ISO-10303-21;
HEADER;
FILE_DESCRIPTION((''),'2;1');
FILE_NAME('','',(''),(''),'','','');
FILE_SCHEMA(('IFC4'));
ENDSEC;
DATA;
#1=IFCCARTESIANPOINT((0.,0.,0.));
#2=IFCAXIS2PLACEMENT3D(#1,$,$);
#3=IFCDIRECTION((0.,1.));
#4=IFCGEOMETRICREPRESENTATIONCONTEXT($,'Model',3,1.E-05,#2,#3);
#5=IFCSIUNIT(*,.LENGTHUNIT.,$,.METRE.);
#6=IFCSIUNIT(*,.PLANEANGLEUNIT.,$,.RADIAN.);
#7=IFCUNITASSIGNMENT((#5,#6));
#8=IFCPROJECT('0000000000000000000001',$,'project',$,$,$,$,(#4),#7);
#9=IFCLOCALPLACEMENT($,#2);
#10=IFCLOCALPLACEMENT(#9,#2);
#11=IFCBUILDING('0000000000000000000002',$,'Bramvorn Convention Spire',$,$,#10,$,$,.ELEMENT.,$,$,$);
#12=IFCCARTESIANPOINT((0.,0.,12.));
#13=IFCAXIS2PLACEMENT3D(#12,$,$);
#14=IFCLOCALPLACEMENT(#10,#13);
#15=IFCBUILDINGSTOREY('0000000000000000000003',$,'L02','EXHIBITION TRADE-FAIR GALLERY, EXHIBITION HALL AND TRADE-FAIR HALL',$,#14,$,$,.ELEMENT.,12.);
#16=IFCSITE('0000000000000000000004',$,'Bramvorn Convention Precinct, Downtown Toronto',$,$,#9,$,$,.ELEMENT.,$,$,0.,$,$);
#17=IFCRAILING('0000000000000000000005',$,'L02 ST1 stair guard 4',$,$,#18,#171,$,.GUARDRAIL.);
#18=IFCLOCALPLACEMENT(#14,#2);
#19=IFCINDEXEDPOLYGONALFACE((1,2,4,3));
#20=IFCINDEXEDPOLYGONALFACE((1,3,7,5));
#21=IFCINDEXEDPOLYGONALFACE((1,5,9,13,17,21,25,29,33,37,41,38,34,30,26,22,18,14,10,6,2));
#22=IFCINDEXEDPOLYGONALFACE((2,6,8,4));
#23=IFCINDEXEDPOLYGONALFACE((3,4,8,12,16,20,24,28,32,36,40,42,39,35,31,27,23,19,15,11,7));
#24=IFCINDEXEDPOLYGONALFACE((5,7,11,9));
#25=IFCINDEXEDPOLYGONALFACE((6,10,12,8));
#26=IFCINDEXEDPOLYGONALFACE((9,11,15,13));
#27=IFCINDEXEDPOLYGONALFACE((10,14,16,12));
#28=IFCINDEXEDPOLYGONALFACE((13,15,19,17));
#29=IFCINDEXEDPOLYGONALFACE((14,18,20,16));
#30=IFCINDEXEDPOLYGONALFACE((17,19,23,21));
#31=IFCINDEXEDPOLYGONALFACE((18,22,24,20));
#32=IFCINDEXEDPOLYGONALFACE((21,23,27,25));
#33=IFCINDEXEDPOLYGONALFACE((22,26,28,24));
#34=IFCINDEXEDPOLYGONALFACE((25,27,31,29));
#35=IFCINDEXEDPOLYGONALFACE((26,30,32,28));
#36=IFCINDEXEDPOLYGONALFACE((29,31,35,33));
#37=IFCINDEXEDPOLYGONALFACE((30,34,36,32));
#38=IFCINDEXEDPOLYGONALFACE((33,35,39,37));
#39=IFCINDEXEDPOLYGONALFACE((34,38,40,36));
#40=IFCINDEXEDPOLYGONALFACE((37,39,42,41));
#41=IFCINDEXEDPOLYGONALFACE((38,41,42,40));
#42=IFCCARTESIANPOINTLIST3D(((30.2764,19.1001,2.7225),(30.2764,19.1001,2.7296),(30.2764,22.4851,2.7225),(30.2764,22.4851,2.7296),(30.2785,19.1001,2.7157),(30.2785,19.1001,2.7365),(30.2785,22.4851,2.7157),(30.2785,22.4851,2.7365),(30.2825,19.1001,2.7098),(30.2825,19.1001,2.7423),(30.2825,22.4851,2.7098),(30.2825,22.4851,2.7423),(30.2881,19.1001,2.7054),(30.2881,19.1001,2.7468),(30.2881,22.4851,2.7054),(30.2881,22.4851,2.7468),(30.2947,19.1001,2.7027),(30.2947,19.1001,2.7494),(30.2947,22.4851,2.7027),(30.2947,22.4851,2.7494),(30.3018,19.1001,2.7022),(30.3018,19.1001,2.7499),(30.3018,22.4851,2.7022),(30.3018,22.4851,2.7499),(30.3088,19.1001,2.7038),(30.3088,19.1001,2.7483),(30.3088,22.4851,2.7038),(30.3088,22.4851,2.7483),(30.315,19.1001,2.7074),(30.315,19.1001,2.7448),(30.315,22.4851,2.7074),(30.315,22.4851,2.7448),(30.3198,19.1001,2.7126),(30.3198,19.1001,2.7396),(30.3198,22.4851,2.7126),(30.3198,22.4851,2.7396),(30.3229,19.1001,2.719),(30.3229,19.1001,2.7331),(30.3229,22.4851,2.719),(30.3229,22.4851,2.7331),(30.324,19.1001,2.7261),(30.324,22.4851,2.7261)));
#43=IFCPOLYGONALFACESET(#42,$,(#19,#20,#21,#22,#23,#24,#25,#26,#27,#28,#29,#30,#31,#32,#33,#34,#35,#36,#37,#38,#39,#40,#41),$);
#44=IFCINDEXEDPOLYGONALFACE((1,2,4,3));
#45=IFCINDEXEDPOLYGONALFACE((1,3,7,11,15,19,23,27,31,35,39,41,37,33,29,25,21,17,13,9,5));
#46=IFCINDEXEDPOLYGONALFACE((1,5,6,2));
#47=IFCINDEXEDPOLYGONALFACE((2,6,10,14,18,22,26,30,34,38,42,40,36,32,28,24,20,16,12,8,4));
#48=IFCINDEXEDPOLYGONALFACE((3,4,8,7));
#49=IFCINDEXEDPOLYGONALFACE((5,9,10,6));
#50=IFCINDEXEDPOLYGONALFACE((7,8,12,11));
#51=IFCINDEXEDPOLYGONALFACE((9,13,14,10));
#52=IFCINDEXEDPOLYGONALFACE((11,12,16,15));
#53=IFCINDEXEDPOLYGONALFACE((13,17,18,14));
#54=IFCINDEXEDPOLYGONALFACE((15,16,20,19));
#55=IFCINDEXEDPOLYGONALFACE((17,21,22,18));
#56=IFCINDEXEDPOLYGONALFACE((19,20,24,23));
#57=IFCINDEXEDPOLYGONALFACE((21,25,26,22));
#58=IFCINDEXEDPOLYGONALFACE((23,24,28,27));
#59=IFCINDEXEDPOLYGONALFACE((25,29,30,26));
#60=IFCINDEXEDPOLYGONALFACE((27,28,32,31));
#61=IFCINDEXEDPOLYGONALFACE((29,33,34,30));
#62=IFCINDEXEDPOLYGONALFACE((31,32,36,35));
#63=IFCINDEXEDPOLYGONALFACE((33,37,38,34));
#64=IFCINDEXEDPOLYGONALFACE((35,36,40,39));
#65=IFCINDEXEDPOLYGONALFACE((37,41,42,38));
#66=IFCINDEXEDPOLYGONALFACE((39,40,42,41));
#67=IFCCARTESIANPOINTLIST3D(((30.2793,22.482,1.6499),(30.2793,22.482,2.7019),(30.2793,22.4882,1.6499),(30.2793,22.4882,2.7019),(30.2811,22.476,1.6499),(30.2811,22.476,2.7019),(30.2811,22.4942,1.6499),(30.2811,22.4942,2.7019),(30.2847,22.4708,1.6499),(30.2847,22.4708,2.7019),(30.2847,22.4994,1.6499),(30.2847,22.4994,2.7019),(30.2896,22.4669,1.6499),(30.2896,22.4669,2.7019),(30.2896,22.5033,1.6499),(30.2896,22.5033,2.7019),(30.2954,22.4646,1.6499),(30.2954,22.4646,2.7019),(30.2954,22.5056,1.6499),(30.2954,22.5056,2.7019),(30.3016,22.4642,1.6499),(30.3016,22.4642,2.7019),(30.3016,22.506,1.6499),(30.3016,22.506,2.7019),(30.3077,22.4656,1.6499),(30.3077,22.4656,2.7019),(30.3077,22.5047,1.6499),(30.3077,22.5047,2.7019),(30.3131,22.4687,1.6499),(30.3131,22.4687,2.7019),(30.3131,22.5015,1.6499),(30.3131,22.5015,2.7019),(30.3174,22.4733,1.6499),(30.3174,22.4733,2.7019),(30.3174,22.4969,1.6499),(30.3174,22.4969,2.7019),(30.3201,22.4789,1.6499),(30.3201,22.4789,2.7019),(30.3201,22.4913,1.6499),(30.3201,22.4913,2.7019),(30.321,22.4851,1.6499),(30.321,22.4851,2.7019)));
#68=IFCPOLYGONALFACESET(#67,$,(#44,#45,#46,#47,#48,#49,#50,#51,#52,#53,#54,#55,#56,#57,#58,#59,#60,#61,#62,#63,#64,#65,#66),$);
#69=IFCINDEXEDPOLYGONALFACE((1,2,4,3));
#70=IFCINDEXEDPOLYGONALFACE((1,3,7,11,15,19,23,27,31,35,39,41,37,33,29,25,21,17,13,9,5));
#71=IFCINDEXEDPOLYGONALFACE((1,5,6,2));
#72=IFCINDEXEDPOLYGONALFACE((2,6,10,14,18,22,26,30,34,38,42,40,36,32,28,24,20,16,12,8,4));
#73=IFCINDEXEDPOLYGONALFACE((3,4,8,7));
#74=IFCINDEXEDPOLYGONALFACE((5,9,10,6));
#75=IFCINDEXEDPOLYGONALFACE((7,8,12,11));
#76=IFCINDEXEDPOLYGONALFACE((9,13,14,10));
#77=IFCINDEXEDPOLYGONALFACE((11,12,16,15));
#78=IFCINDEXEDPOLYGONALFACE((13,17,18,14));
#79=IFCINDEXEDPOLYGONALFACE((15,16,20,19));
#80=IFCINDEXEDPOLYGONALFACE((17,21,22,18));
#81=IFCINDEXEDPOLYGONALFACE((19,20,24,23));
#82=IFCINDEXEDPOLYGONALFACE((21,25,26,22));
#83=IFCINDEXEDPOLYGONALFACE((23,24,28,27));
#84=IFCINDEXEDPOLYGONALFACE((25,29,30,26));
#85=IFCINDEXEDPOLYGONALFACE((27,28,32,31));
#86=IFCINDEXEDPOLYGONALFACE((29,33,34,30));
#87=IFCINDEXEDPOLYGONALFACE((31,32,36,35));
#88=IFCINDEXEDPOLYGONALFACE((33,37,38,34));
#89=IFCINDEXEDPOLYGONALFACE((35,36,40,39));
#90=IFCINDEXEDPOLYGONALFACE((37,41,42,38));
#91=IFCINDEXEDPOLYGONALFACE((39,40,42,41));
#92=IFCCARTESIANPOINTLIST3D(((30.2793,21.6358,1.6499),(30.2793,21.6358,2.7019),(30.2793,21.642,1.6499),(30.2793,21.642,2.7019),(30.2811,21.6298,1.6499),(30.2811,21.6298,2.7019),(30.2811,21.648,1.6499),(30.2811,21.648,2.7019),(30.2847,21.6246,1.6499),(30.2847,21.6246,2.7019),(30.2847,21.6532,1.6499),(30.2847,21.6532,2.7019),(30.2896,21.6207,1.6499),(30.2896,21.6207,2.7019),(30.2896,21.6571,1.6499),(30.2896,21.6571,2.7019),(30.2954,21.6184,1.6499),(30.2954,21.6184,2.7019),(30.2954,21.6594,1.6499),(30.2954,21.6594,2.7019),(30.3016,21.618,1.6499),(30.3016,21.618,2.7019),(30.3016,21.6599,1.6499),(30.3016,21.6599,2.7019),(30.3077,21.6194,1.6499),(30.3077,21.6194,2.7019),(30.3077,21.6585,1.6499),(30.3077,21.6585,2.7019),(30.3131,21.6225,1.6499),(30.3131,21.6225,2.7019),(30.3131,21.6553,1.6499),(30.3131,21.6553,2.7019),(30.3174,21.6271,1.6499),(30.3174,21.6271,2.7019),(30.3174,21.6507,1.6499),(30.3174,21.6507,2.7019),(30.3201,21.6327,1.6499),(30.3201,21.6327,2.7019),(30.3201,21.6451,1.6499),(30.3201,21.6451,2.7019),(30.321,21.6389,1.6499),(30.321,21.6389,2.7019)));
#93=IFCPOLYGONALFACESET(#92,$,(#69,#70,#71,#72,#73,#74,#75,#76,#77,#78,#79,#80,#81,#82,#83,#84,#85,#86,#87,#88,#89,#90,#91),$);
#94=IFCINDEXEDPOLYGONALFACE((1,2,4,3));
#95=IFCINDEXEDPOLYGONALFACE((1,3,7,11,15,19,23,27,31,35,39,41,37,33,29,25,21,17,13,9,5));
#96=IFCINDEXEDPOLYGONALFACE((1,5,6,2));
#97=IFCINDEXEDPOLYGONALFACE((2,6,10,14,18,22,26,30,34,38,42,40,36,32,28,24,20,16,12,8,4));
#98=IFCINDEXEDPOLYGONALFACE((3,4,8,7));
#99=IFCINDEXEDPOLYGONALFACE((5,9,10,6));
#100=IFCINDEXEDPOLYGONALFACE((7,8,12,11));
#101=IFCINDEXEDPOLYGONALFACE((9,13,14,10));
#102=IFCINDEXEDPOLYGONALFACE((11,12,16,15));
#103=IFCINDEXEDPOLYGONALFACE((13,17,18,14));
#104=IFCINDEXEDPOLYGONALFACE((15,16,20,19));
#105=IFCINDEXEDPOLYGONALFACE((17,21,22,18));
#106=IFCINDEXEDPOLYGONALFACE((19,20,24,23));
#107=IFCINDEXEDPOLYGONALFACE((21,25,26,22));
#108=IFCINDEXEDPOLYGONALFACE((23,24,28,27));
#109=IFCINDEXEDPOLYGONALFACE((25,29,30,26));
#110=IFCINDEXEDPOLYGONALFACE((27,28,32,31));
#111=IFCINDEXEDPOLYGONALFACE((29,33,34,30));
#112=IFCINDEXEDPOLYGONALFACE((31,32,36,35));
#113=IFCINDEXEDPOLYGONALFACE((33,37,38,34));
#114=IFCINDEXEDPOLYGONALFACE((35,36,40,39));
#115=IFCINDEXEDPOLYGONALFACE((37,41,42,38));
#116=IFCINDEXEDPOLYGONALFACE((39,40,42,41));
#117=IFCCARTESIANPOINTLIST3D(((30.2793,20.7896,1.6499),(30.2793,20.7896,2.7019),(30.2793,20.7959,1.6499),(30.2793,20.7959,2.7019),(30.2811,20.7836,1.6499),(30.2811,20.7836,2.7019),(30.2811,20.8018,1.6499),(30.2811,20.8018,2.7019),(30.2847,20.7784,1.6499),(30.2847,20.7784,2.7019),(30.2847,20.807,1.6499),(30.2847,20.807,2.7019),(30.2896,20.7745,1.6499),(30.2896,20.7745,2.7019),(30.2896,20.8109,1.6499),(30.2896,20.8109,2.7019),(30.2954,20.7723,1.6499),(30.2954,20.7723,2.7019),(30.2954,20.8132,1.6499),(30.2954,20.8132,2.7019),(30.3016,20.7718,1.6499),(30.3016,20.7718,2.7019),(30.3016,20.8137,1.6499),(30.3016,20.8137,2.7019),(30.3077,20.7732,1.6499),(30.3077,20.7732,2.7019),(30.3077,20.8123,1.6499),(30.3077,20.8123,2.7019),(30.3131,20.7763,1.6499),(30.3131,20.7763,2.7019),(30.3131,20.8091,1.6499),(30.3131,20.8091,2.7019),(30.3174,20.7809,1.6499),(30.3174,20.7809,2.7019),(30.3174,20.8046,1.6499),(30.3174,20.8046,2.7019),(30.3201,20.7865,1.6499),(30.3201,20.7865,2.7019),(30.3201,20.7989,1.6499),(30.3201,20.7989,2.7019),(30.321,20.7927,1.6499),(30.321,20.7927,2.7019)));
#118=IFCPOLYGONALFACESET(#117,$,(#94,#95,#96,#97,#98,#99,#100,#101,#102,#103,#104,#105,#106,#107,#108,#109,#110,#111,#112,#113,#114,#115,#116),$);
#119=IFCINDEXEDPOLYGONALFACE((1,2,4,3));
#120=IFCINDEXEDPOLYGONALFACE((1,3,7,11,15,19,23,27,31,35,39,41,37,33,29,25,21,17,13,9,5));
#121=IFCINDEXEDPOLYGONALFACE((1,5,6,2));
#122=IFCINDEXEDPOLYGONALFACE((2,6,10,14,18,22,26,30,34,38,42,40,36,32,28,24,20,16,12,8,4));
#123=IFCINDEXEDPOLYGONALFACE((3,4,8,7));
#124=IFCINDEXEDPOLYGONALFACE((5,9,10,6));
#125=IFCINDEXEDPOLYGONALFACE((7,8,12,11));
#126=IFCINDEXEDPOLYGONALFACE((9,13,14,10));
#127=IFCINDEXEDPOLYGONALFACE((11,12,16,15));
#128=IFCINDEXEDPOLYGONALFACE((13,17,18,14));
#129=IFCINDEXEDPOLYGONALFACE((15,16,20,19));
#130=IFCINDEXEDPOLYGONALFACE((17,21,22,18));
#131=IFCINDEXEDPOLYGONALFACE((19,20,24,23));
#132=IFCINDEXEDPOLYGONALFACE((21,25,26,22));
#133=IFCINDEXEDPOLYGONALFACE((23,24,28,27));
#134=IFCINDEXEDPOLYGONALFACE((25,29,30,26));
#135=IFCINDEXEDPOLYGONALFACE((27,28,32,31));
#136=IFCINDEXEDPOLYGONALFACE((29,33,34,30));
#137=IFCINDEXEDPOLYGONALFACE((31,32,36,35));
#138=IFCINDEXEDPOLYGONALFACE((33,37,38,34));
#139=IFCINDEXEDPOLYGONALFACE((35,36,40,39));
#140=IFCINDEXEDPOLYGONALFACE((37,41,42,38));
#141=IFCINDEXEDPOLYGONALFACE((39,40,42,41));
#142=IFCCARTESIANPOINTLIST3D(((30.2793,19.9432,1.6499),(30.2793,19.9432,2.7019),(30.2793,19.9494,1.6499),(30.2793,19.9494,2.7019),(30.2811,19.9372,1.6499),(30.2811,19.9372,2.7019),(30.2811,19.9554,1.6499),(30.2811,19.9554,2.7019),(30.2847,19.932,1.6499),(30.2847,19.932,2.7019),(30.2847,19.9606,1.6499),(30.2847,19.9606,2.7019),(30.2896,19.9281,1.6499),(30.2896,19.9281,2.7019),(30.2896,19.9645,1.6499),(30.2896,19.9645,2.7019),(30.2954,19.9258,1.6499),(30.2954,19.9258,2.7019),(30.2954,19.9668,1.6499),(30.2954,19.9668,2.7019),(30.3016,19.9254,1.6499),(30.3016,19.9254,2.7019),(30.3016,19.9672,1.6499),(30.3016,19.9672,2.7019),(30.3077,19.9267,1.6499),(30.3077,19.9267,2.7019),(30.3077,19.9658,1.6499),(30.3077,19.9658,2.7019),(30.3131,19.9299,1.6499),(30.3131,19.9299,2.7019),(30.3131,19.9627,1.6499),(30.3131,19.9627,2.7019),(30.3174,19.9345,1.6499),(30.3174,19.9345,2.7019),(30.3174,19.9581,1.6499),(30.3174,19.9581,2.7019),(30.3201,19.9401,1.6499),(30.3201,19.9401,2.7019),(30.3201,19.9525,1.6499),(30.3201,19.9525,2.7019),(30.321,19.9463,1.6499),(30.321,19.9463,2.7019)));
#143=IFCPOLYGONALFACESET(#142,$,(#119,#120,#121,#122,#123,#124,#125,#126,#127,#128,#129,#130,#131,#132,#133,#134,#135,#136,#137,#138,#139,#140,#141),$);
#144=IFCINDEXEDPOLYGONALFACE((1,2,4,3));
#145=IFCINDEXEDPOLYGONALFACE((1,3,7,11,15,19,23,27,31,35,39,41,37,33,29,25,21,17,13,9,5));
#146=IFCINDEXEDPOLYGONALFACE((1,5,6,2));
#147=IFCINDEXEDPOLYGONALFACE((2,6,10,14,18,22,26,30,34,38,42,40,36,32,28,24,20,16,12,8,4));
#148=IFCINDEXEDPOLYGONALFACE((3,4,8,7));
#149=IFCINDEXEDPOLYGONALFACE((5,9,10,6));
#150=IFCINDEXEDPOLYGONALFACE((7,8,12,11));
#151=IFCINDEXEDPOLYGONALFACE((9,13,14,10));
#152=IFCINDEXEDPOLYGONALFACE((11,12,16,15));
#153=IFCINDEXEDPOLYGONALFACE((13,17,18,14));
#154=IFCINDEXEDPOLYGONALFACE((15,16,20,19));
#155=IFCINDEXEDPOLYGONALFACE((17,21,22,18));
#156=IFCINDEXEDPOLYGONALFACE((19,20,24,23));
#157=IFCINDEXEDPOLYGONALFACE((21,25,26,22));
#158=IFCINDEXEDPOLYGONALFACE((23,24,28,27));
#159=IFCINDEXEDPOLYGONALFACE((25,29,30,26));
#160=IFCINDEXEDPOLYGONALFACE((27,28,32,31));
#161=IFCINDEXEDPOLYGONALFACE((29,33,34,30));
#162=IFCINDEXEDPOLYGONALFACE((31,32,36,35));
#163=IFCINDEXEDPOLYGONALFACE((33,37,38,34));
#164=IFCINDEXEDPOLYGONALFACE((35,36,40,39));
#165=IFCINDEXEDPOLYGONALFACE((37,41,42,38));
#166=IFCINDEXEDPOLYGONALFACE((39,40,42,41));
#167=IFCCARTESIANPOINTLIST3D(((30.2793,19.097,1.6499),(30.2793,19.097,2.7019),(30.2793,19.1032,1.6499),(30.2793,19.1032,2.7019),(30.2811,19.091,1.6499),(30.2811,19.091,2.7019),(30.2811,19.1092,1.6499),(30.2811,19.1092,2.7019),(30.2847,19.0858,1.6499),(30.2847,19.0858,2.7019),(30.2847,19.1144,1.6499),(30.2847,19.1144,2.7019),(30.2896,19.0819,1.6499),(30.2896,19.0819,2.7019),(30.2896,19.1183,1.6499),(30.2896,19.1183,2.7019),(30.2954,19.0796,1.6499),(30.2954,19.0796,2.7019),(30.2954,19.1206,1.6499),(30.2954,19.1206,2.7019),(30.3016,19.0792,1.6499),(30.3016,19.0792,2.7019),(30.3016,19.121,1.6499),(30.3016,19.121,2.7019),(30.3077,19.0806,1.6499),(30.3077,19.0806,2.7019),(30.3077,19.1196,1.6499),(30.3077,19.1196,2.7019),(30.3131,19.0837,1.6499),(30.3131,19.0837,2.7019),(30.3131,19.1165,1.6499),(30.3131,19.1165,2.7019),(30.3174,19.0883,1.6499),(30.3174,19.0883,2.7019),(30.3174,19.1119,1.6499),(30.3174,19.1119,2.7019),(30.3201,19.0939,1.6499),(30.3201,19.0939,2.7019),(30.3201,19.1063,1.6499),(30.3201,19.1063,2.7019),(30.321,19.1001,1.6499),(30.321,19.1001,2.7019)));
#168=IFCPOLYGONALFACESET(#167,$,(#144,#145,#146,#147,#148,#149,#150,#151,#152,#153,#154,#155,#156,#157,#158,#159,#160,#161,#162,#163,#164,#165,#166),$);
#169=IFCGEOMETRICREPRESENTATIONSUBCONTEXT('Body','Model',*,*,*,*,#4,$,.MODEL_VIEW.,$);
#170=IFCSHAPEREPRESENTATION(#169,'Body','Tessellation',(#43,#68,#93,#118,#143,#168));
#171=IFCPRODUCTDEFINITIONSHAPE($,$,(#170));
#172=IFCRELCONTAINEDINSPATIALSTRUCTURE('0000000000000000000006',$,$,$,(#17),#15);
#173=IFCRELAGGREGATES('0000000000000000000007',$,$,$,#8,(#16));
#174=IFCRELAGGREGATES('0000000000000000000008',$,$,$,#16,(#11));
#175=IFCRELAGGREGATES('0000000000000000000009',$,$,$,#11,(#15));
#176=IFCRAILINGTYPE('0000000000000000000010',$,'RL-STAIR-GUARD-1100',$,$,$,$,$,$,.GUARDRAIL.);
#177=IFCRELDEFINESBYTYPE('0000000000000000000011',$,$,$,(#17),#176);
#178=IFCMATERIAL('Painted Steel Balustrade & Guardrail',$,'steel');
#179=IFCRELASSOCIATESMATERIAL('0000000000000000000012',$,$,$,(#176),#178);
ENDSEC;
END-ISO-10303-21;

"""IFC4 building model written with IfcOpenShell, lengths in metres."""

from ifc_helpers import new_model, si_unit, direction, frame, origin, origin_2d, place, context, subcontext, project, spatial, circle, extrude, material, type_object, element, save


model = new_model("IFC4")

# Units and contexts
model_context = context("Model", 3, precision=1e-05, world=origin(), true_north=direction((0.0, 1.0)))
body_context = subcontext(model_context, "Body", "Model", "MODEL_VIEW")
ifc_project = project(units=[si_unit("LENGTHUNIT", "METRE"), si_unit("PLANEANGLEUNIT", "RADIAN")], contexts=[model_context])

# Site, building, storey
site_placement = place(None, origin())
site = spatial("IfcSite", under=ifc_project, at=site_placement, Name="Bramvorn Convention Precinct, Downtown Toronto", CompositionType="ELEMENT", RefElevation=0.0)
building_placement = place(site_placement, origin())
building = spatial("IfcBuilding", under=site, at=building_placement, Name="Bramvorn Convention Spire", CompositionType="ELEMENT")
storey_placement = place(building_placement, frame((0.0, 0.0, 12.0)))
storey = spatial("IfcBuildingStorey", under=building, at=storey_placement, Name="L02", Description="EXHIBITION TRADE-FAIR GALLERY, EXHIBITION HALL AND TRADE-FAIR HALL", CompositionType="ELEMENT", Elevation=12.0)

# Railing
ifc_material_1 = material(Name="Painted Steel Balustrade & Guardrail", Category="steel")
railing_type_1 = type_object("IfcRailingType", Name="RL-STAIR-GUARD-1100", PredefinedType="GUARDRAIL", material=ifc_material_1)
railing_1_placement = place(storey_placement, frame((30.3, 22.4851, 1.6499)))
element("IfcRailing", 1, at=railing_1_placement, inside=storey, type_object=railing_type_1, Name="L02 ST1 stair guard 4", PredefinedType="GUARDRAIL", context=body_context, shape_type="SweptSolid", body=[
    extrude(circle(Radius=0.0239, at=origin_2d()), frame((0.0, 0.0, 1.0762), z_axis=(0.0, -1.0, 0.0), x_axis=(1.0, 0.0, 0.0)), (0.0, 0.0, 1.0), 3.385),
    extrude(circle(Radius=0.021, at=origin_2d()), origin(), (0.0, 0.0, 1.0), 1.052),
    extrude(circle(Radius=0.021, at=origin_2d()), frame((0.0, -0.8462, 0.0)), (0.0, 0.0, 1.0), 1.052),
    extrude(circle(Radius=0.021, at=origin_2d()), frame((0.0, -1.6924, 0.0)), (0.0, 0.0, 1.0), 1.052),
    extrude(circle(Radius=0.021, at=origin_2d()), frame((0.0, -2.5388, 0.0)), (0.0, 0.0, 1.0), 1.052),
    extrude(circle(Radius=0.021, at=origin_2d()), frame((0.0, -3.385, 0.0)), (0.0, 0.0, 1.0), 1.052),
])

save(model, "model.ifc")
